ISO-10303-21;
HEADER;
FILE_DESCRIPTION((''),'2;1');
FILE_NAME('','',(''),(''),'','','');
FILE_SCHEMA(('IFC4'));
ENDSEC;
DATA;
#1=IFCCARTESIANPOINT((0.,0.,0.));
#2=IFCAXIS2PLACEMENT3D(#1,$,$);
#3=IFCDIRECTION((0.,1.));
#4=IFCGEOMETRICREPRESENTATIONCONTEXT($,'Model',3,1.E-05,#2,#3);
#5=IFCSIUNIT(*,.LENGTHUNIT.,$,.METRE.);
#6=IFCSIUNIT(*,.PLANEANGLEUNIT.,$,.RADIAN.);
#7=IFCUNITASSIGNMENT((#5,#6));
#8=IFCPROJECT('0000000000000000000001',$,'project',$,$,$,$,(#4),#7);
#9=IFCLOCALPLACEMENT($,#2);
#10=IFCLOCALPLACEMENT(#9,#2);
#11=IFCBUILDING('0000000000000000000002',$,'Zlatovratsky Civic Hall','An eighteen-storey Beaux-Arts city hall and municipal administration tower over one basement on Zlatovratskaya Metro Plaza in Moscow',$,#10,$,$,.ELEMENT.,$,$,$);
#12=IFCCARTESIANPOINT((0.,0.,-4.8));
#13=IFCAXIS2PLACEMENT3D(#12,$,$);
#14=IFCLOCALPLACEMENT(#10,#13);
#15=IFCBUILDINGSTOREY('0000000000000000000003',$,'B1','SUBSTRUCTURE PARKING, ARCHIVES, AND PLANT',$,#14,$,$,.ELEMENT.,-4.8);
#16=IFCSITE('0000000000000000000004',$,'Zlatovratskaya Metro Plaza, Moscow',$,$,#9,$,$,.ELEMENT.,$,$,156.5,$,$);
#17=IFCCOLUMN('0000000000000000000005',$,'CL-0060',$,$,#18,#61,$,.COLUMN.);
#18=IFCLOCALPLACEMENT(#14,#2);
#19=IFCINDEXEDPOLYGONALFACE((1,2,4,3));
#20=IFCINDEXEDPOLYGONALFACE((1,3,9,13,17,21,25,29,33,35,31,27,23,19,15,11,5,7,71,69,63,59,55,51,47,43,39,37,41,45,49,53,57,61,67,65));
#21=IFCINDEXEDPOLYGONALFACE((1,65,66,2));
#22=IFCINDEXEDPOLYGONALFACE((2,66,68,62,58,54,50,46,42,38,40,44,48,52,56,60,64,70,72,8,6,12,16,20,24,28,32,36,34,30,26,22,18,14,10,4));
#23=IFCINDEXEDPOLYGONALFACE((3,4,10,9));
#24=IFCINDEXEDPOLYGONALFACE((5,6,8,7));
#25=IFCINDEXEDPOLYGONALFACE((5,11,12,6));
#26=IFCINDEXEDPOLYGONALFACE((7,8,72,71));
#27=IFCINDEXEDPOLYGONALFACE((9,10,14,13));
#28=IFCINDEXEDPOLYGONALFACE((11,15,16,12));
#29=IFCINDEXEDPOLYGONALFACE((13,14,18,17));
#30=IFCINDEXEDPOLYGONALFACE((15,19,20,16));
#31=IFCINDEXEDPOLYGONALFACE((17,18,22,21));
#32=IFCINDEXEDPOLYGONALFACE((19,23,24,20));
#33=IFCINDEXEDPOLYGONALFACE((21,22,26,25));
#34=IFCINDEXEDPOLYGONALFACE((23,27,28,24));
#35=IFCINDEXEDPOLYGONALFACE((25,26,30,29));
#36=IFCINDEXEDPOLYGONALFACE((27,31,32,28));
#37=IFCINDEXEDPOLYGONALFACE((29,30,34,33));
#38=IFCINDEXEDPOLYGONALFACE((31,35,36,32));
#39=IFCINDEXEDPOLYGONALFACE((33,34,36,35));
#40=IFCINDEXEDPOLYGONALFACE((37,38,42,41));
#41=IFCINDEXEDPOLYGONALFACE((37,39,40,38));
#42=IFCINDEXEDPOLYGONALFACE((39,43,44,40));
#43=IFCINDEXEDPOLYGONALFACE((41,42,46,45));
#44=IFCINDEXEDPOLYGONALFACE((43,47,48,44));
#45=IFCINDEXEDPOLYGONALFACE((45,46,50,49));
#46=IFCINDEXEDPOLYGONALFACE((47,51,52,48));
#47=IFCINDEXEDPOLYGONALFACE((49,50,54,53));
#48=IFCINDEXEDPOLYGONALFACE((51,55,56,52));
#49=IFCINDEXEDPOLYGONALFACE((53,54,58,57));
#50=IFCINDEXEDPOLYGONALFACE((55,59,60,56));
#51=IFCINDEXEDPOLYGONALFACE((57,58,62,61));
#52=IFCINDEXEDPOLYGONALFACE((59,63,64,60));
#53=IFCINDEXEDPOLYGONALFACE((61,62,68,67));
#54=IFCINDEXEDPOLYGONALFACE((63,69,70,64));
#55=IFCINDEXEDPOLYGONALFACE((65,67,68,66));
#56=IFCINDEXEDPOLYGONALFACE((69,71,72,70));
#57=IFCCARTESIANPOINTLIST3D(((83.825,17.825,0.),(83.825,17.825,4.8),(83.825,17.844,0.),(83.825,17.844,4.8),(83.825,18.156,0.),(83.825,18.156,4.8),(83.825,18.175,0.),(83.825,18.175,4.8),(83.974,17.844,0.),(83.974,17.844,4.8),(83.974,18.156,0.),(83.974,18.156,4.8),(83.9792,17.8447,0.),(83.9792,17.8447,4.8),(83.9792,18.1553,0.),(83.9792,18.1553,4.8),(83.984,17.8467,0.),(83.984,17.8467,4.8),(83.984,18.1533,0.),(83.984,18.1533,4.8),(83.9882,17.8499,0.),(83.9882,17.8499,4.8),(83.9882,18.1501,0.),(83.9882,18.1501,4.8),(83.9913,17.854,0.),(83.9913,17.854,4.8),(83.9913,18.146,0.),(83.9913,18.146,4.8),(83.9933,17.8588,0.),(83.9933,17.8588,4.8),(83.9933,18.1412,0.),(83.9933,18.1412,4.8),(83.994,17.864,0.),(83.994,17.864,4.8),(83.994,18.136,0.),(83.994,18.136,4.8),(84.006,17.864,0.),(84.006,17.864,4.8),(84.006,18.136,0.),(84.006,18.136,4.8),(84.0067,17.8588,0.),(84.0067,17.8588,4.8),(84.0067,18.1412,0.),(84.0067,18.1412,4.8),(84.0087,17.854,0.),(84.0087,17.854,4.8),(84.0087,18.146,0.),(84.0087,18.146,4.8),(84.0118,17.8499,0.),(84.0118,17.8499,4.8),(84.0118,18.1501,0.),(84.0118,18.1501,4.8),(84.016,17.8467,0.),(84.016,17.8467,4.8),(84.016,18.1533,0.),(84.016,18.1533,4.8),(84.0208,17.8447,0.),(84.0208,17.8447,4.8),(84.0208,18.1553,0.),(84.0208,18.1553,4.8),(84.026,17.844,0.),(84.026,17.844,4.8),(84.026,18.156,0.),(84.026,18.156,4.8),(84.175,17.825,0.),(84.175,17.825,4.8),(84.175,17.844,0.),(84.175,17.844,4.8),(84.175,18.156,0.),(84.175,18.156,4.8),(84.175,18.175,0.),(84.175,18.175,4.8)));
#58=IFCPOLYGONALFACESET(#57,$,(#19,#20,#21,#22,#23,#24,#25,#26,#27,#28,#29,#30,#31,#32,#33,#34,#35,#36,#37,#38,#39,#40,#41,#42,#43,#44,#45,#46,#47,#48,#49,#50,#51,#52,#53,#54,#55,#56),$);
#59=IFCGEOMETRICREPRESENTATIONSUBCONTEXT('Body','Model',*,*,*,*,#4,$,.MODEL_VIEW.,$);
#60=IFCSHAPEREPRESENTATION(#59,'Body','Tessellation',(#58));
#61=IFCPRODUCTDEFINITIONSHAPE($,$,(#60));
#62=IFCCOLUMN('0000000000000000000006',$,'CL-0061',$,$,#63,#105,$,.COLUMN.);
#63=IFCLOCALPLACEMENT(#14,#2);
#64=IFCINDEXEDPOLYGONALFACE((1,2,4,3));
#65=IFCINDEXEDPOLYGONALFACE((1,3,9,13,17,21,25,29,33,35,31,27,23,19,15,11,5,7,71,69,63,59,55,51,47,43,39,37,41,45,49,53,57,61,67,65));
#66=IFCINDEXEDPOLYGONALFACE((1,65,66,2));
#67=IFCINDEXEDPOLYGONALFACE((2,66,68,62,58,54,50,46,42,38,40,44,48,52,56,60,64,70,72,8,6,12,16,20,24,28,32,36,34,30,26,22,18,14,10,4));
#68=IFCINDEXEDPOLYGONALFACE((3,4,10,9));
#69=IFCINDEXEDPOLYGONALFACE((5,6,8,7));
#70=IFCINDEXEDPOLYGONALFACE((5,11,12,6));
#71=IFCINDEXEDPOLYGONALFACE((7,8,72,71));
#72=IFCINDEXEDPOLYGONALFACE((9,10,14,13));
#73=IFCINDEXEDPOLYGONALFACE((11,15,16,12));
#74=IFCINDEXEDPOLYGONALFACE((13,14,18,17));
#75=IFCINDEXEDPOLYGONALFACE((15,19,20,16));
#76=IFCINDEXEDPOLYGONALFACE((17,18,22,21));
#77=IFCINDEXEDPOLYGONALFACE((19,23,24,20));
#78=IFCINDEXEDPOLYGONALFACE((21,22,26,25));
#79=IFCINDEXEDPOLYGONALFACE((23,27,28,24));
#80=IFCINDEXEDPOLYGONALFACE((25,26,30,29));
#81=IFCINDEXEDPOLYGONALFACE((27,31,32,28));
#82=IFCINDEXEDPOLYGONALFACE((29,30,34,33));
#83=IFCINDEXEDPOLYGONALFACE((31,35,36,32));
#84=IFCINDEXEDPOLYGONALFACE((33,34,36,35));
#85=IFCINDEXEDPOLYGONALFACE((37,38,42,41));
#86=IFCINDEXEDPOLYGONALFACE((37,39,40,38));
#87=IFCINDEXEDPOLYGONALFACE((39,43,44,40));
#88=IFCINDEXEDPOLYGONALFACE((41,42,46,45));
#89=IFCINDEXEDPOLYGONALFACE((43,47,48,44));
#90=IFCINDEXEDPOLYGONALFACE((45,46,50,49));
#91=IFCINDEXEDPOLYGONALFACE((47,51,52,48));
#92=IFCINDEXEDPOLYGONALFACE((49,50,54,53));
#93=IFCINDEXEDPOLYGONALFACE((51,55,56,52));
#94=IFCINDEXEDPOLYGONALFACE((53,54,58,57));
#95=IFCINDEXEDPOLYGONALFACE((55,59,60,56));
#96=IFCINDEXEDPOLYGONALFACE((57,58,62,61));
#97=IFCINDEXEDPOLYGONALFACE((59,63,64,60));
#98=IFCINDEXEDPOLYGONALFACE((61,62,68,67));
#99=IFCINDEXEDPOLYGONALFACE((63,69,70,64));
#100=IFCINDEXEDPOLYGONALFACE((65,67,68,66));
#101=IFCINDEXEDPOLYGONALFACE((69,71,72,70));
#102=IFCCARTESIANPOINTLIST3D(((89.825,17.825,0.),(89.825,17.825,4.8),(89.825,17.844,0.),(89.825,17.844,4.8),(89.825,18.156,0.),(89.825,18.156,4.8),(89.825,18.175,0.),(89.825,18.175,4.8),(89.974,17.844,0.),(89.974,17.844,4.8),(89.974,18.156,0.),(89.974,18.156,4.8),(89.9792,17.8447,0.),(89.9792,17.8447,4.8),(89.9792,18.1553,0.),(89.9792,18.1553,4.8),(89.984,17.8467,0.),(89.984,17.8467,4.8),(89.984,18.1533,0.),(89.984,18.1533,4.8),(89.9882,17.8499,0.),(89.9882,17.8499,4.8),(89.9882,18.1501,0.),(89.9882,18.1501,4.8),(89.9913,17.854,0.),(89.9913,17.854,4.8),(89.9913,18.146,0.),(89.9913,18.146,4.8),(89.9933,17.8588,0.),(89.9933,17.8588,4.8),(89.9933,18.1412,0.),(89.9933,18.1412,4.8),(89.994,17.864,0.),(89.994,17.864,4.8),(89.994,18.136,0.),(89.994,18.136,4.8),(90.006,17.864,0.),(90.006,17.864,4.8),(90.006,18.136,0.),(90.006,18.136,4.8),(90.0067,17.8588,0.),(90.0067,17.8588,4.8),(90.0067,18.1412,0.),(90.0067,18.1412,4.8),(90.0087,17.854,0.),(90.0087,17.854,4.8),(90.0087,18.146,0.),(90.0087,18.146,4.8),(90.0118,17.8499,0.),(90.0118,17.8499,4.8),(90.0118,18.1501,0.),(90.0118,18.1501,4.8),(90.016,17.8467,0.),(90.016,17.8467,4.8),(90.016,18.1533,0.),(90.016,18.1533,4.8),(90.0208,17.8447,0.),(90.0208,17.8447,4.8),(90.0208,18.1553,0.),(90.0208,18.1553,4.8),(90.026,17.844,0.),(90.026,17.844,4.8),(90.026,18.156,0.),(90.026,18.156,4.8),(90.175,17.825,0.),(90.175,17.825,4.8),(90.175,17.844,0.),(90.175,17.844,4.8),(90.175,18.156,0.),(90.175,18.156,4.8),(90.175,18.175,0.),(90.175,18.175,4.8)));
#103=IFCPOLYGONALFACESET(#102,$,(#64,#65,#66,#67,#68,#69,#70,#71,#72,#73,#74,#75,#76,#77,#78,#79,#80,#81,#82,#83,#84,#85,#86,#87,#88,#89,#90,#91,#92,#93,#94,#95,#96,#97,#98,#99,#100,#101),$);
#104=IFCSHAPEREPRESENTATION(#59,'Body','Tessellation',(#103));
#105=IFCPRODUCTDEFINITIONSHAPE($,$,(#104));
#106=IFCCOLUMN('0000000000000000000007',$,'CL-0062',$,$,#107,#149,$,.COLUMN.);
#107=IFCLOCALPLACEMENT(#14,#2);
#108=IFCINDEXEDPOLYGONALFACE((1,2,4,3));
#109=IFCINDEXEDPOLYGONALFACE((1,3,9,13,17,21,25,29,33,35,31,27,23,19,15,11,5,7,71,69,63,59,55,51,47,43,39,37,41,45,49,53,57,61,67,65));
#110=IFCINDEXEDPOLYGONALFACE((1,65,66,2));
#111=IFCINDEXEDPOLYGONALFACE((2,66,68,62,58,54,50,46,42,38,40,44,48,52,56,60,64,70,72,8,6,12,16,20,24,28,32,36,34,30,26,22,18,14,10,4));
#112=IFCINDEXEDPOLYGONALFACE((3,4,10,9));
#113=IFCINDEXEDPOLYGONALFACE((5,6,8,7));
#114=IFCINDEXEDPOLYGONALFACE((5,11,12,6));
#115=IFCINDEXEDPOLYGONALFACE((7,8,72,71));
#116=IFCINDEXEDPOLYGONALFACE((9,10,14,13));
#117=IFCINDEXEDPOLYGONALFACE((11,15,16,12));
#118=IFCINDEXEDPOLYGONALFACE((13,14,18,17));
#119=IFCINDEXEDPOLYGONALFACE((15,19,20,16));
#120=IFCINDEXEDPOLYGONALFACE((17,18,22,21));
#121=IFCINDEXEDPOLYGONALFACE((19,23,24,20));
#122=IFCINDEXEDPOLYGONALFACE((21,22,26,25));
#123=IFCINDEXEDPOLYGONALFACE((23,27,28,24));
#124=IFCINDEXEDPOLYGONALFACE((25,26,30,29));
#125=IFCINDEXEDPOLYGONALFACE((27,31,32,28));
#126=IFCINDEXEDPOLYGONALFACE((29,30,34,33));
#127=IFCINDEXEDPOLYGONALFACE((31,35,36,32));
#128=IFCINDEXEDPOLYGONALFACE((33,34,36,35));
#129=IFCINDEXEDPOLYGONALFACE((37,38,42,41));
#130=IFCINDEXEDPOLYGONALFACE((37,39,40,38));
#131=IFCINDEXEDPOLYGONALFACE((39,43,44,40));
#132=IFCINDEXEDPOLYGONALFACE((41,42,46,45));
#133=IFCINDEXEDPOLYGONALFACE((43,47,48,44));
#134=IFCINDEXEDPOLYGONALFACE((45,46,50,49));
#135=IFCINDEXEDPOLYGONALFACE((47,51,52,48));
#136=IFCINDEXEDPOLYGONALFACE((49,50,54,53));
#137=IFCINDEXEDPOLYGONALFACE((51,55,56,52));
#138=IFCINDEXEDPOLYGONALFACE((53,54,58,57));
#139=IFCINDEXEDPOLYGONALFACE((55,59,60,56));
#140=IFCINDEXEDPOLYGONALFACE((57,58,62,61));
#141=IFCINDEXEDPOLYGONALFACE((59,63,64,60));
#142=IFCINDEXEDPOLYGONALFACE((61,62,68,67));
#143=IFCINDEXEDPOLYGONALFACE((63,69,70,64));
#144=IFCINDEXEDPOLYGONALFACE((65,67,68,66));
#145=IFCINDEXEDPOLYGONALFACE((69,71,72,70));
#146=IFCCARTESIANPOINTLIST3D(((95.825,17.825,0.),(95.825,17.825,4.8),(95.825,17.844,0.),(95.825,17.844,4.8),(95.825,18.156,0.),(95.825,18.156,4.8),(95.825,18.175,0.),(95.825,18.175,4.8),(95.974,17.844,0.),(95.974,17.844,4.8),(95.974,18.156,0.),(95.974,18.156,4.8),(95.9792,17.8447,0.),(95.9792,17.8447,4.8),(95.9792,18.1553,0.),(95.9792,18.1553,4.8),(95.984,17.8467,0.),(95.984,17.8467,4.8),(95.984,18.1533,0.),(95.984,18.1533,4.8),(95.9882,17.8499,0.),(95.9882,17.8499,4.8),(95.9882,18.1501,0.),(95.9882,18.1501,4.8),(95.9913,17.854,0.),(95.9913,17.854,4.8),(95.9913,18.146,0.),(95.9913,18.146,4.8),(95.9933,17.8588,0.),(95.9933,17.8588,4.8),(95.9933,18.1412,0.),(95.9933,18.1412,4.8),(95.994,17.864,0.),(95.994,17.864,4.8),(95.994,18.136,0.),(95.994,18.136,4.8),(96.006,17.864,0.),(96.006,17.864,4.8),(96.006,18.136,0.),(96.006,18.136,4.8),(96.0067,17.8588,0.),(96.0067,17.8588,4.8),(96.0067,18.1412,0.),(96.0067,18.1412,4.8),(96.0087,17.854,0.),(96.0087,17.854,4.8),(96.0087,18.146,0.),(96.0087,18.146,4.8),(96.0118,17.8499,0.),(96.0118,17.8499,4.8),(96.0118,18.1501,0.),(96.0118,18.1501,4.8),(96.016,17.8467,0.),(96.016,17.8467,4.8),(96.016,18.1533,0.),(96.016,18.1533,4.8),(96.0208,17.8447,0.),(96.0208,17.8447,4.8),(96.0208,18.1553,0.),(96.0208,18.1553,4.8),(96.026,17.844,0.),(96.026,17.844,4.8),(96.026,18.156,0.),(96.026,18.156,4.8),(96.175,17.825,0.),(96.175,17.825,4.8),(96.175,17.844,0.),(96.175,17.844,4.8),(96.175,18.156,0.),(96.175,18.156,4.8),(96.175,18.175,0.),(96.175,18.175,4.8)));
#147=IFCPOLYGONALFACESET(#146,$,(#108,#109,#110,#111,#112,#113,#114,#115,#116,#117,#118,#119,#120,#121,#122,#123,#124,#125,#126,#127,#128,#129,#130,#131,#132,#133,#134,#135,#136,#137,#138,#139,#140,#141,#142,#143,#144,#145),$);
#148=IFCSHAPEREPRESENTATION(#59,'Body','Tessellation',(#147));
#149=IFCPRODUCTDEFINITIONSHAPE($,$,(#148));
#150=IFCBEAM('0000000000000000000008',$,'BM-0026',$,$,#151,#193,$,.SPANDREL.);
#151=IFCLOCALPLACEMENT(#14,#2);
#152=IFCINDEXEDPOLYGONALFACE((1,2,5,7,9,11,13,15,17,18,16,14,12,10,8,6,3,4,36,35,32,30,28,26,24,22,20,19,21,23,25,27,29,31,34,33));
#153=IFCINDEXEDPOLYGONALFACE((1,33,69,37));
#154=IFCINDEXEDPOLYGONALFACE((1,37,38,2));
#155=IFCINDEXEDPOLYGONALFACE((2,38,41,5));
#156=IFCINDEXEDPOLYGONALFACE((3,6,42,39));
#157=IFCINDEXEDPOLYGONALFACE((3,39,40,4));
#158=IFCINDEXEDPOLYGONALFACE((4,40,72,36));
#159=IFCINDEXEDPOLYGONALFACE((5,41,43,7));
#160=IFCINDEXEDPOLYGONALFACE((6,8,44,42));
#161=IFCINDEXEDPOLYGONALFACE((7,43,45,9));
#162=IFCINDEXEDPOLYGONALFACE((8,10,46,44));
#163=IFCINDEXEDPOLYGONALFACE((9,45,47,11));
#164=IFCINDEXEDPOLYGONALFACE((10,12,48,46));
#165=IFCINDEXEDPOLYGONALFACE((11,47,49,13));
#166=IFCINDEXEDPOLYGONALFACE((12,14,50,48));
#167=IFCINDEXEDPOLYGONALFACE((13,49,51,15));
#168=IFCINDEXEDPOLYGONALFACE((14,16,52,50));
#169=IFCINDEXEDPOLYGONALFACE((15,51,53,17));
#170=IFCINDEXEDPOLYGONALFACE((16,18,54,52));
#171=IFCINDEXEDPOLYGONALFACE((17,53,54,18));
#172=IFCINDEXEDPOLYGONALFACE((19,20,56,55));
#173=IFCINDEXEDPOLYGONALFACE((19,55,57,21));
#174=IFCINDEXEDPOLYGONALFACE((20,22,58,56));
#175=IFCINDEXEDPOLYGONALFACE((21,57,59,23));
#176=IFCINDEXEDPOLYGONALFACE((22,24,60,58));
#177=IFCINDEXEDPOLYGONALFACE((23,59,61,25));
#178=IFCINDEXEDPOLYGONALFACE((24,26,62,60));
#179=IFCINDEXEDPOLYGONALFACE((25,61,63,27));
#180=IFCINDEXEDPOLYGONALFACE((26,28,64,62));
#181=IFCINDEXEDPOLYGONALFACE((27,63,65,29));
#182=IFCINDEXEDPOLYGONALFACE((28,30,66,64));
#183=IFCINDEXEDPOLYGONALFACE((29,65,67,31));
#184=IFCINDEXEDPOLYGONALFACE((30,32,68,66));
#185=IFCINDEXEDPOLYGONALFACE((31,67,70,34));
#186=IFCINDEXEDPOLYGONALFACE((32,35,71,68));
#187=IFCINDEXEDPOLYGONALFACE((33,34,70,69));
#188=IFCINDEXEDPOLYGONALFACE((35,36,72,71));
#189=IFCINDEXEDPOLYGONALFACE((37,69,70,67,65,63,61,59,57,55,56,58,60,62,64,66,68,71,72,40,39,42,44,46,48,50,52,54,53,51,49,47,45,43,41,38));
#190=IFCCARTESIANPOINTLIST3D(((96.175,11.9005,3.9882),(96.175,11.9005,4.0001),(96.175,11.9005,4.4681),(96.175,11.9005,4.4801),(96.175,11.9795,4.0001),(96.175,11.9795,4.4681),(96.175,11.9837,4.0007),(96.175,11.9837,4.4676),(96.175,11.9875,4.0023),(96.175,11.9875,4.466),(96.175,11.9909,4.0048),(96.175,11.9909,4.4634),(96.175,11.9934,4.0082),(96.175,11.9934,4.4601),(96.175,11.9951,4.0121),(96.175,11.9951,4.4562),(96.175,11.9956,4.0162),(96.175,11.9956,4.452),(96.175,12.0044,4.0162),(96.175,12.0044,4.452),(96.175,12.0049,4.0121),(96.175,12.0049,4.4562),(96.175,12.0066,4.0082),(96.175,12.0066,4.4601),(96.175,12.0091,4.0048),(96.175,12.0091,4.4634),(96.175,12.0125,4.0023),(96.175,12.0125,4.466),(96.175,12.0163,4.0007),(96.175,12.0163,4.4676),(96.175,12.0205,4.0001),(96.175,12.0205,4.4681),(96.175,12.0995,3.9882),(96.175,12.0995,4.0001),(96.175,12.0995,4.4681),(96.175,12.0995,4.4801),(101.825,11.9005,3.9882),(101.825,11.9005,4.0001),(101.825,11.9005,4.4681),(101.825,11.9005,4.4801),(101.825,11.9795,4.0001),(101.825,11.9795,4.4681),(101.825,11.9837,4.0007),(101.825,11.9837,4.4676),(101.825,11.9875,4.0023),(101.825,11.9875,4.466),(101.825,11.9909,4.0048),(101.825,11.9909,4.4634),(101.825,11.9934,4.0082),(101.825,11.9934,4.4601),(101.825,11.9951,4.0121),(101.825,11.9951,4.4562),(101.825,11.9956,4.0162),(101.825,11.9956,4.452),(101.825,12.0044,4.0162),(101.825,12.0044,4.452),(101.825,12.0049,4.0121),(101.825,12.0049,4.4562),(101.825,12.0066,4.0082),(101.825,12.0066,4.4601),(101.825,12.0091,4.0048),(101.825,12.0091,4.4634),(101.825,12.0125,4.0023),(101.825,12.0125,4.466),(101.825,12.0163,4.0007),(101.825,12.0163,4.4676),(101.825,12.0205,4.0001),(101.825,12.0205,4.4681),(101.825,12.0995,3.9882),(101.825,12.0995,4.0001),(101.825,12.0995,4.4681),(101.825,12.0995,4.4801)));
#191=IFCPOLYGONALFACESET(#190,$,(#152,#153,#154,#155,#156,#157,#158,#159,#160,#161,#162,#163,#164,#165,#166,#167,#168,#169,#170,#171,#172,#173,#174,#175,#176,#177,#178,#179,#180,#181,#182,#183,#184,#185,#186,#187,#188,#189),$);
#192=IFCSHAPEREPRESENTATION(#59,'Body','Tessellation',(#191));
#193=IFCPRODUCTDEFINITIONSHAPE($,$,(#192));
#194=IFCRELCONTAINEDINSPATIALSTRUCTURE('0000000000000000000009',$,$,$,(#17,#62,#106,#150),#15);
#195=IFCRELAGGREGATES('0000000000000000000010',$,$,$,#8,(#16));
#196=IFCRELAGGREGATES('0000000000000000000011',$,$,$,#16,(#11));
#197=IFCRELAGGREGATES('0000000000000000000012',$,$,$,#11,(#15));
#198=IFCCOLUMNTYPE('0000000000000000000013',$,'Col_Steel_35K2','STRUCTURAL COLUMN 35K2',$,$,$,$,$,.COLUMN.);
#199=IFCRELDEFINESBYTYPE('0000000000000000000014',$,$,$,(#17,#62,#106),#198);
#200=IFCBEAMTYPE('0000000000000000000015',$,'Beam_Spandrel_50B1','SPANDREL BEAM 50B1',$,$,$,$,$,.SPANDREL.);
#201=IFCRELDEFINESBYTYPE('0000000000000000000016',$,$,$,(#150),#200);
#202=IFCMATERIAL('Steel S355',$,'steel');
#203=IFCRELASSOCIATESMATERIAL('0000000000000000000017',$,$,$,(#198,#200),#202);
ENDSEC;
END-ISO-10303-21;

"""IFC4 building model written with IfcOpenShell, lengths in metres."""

from ifc_helpers import new_model, si_unit, direction, frame, origin, origin_2d, place, context, subcontext, project, spatial, i_section, extrude, material, material_profile, profile_set, type_object, element, save


model = new_model("IFC4")

# Units and contexts
model_context = context("Model", 3, precision=1e-05, world=origin(), true_north=direction((0.0, 1.0)))
body_context = subcontext(model_context, "Body", "Model", "MODEL_VIEW")
ifc_project = project(units=[si_unit("LENGTHUNIT", "METRE"), si_unit("PLANEANGLEUNIT", "RADIAN")], contexts=[model_context])

# Site, building, storey
site_placement = place(None, origin())
site = spatial("IfcSite", under=ifc_project, at=site_placement, Name="Zlatovratskaya Metro Plaza, Moscow", CompositionType="ELEMENT", RefElevation=156.5)
building_placement = place(site_placement, origin())
building = spatial("IfcBuilding", under=site, at=building_placement, Name="Zlatovratsky Civic Hall", Description="An eighteen-storey Beaux-Arts city hall and municipal administration tower over one basement on Zlatovratskaya Metro Plaza in Moscow", CompositionType="ELEMENT")
storey_placement = place(building_placement, frame((0.0, 0.0, -4.8)))
storey = spatial("IfcBuildingStorey", under=building, at=storey_placement, Name="B1", Description="SUBSTRUCTURE PARKING, ARCHIVES, AND PLANT", CompositionType="ELEMENT", Elevation=-4.8)

# Columns
ifc_material_1 = material(Name="Steel S355", Category="steel")
ifc_material_profile_1 = material_profile(ifc_material_1, i_section(OverallWidth=0.3501, OverallDepth=0.3501, WebThickness=0.012, FlangeThickness=0.019, FilletRadius=0.02, at=origin_2d()), Name="35K2")
ifc_profile_set_1 = profile_set([ifc_material_profile_1], Name="Steel S355")
column_type_1 = type_object("IfcColumnType", Name="Col_Steel_35K2", Description="STRUCTURAL COLUMN 35K2", PredefinedType="COLUMN", material=ifc_profile_set_1)
for number, where, z_axis, x_axis, name in (
    (1, (84.0, 18.0, 0.0), (0.0, 0.0, 1.0), (1.0, 0.0, 0.0), "CL-0060"),
    (2, (90.0, 18.0, 0.0), (0.0, 0.0, 1.0), (1.0, 0.0, 0.0), "CL-0061"),
    (3, (96.0, 18.0, 0.0), (0.0, 0.0, 1.0), (1.0, 0.0, 0.0), "CL-0062"),
):
    element("IfcColumn", number, at=place(storey_placement, frame(where, z_axis=z_axis, x_axis=x_axis)), inside=storey, type_object=column_type_1, Name=name, PredefinedType="COLUMN", context=body_context, shape_type="SweptSolid", body=[
        extrude(i_section(OverallWidth=0.3501, OverallDepth=0.3501, WebThickness=0.012, FlangeThickness=0.019, FilletRadius=0.02, at=origin_2d()), origin(), (0.0, 0.0, 1.0), 4.8),
    ])

# Beam
ifc_material_profile_2 = material_profile(ifc_material_1, i_section(OverallWidth=0.199, OverallDepth=0.4919, WebThickness=0.0088, FlangeThickness=0.012, FilletRadius=0.0161, at=origin_2d()), Name="50B1")
ifc_profile_set_2 = profile_set([ifc_material_profile_2], Name="Steel S355")
beam_type_1 = type_object("IfcBeamType", Name="Beam_Spandrel_50B1", Description="SPANDREL BEAM 50B1", PredefinedType="SPANDREL", material=ifc_profile_set_2)
beam_placement = place(storey_placement, frame((96.175, 12.0, 4.2341), z_axis=(1.0, 0.0, 0.0), x_axis=(0.0, 1.0, 0.0)))
element("IfcBeam", 4, at=beam_placement, inside=storey, type_object=beam_type_1, Name="BM-0026", PredefinedType="SPANDREL", context=body_context, shape_type="SweptSolid", body=[
    extrude(i_section(OverallWidth=0.199, OverallDepth=0.4919, WebThickness=0.0088, FlangeThickness=0.012, FilletRadius=0.0161, at=origin_2d()), origin(), (0.0, 0.0, 1.0), 5.6499),
])

save(model, "model.ifc")
